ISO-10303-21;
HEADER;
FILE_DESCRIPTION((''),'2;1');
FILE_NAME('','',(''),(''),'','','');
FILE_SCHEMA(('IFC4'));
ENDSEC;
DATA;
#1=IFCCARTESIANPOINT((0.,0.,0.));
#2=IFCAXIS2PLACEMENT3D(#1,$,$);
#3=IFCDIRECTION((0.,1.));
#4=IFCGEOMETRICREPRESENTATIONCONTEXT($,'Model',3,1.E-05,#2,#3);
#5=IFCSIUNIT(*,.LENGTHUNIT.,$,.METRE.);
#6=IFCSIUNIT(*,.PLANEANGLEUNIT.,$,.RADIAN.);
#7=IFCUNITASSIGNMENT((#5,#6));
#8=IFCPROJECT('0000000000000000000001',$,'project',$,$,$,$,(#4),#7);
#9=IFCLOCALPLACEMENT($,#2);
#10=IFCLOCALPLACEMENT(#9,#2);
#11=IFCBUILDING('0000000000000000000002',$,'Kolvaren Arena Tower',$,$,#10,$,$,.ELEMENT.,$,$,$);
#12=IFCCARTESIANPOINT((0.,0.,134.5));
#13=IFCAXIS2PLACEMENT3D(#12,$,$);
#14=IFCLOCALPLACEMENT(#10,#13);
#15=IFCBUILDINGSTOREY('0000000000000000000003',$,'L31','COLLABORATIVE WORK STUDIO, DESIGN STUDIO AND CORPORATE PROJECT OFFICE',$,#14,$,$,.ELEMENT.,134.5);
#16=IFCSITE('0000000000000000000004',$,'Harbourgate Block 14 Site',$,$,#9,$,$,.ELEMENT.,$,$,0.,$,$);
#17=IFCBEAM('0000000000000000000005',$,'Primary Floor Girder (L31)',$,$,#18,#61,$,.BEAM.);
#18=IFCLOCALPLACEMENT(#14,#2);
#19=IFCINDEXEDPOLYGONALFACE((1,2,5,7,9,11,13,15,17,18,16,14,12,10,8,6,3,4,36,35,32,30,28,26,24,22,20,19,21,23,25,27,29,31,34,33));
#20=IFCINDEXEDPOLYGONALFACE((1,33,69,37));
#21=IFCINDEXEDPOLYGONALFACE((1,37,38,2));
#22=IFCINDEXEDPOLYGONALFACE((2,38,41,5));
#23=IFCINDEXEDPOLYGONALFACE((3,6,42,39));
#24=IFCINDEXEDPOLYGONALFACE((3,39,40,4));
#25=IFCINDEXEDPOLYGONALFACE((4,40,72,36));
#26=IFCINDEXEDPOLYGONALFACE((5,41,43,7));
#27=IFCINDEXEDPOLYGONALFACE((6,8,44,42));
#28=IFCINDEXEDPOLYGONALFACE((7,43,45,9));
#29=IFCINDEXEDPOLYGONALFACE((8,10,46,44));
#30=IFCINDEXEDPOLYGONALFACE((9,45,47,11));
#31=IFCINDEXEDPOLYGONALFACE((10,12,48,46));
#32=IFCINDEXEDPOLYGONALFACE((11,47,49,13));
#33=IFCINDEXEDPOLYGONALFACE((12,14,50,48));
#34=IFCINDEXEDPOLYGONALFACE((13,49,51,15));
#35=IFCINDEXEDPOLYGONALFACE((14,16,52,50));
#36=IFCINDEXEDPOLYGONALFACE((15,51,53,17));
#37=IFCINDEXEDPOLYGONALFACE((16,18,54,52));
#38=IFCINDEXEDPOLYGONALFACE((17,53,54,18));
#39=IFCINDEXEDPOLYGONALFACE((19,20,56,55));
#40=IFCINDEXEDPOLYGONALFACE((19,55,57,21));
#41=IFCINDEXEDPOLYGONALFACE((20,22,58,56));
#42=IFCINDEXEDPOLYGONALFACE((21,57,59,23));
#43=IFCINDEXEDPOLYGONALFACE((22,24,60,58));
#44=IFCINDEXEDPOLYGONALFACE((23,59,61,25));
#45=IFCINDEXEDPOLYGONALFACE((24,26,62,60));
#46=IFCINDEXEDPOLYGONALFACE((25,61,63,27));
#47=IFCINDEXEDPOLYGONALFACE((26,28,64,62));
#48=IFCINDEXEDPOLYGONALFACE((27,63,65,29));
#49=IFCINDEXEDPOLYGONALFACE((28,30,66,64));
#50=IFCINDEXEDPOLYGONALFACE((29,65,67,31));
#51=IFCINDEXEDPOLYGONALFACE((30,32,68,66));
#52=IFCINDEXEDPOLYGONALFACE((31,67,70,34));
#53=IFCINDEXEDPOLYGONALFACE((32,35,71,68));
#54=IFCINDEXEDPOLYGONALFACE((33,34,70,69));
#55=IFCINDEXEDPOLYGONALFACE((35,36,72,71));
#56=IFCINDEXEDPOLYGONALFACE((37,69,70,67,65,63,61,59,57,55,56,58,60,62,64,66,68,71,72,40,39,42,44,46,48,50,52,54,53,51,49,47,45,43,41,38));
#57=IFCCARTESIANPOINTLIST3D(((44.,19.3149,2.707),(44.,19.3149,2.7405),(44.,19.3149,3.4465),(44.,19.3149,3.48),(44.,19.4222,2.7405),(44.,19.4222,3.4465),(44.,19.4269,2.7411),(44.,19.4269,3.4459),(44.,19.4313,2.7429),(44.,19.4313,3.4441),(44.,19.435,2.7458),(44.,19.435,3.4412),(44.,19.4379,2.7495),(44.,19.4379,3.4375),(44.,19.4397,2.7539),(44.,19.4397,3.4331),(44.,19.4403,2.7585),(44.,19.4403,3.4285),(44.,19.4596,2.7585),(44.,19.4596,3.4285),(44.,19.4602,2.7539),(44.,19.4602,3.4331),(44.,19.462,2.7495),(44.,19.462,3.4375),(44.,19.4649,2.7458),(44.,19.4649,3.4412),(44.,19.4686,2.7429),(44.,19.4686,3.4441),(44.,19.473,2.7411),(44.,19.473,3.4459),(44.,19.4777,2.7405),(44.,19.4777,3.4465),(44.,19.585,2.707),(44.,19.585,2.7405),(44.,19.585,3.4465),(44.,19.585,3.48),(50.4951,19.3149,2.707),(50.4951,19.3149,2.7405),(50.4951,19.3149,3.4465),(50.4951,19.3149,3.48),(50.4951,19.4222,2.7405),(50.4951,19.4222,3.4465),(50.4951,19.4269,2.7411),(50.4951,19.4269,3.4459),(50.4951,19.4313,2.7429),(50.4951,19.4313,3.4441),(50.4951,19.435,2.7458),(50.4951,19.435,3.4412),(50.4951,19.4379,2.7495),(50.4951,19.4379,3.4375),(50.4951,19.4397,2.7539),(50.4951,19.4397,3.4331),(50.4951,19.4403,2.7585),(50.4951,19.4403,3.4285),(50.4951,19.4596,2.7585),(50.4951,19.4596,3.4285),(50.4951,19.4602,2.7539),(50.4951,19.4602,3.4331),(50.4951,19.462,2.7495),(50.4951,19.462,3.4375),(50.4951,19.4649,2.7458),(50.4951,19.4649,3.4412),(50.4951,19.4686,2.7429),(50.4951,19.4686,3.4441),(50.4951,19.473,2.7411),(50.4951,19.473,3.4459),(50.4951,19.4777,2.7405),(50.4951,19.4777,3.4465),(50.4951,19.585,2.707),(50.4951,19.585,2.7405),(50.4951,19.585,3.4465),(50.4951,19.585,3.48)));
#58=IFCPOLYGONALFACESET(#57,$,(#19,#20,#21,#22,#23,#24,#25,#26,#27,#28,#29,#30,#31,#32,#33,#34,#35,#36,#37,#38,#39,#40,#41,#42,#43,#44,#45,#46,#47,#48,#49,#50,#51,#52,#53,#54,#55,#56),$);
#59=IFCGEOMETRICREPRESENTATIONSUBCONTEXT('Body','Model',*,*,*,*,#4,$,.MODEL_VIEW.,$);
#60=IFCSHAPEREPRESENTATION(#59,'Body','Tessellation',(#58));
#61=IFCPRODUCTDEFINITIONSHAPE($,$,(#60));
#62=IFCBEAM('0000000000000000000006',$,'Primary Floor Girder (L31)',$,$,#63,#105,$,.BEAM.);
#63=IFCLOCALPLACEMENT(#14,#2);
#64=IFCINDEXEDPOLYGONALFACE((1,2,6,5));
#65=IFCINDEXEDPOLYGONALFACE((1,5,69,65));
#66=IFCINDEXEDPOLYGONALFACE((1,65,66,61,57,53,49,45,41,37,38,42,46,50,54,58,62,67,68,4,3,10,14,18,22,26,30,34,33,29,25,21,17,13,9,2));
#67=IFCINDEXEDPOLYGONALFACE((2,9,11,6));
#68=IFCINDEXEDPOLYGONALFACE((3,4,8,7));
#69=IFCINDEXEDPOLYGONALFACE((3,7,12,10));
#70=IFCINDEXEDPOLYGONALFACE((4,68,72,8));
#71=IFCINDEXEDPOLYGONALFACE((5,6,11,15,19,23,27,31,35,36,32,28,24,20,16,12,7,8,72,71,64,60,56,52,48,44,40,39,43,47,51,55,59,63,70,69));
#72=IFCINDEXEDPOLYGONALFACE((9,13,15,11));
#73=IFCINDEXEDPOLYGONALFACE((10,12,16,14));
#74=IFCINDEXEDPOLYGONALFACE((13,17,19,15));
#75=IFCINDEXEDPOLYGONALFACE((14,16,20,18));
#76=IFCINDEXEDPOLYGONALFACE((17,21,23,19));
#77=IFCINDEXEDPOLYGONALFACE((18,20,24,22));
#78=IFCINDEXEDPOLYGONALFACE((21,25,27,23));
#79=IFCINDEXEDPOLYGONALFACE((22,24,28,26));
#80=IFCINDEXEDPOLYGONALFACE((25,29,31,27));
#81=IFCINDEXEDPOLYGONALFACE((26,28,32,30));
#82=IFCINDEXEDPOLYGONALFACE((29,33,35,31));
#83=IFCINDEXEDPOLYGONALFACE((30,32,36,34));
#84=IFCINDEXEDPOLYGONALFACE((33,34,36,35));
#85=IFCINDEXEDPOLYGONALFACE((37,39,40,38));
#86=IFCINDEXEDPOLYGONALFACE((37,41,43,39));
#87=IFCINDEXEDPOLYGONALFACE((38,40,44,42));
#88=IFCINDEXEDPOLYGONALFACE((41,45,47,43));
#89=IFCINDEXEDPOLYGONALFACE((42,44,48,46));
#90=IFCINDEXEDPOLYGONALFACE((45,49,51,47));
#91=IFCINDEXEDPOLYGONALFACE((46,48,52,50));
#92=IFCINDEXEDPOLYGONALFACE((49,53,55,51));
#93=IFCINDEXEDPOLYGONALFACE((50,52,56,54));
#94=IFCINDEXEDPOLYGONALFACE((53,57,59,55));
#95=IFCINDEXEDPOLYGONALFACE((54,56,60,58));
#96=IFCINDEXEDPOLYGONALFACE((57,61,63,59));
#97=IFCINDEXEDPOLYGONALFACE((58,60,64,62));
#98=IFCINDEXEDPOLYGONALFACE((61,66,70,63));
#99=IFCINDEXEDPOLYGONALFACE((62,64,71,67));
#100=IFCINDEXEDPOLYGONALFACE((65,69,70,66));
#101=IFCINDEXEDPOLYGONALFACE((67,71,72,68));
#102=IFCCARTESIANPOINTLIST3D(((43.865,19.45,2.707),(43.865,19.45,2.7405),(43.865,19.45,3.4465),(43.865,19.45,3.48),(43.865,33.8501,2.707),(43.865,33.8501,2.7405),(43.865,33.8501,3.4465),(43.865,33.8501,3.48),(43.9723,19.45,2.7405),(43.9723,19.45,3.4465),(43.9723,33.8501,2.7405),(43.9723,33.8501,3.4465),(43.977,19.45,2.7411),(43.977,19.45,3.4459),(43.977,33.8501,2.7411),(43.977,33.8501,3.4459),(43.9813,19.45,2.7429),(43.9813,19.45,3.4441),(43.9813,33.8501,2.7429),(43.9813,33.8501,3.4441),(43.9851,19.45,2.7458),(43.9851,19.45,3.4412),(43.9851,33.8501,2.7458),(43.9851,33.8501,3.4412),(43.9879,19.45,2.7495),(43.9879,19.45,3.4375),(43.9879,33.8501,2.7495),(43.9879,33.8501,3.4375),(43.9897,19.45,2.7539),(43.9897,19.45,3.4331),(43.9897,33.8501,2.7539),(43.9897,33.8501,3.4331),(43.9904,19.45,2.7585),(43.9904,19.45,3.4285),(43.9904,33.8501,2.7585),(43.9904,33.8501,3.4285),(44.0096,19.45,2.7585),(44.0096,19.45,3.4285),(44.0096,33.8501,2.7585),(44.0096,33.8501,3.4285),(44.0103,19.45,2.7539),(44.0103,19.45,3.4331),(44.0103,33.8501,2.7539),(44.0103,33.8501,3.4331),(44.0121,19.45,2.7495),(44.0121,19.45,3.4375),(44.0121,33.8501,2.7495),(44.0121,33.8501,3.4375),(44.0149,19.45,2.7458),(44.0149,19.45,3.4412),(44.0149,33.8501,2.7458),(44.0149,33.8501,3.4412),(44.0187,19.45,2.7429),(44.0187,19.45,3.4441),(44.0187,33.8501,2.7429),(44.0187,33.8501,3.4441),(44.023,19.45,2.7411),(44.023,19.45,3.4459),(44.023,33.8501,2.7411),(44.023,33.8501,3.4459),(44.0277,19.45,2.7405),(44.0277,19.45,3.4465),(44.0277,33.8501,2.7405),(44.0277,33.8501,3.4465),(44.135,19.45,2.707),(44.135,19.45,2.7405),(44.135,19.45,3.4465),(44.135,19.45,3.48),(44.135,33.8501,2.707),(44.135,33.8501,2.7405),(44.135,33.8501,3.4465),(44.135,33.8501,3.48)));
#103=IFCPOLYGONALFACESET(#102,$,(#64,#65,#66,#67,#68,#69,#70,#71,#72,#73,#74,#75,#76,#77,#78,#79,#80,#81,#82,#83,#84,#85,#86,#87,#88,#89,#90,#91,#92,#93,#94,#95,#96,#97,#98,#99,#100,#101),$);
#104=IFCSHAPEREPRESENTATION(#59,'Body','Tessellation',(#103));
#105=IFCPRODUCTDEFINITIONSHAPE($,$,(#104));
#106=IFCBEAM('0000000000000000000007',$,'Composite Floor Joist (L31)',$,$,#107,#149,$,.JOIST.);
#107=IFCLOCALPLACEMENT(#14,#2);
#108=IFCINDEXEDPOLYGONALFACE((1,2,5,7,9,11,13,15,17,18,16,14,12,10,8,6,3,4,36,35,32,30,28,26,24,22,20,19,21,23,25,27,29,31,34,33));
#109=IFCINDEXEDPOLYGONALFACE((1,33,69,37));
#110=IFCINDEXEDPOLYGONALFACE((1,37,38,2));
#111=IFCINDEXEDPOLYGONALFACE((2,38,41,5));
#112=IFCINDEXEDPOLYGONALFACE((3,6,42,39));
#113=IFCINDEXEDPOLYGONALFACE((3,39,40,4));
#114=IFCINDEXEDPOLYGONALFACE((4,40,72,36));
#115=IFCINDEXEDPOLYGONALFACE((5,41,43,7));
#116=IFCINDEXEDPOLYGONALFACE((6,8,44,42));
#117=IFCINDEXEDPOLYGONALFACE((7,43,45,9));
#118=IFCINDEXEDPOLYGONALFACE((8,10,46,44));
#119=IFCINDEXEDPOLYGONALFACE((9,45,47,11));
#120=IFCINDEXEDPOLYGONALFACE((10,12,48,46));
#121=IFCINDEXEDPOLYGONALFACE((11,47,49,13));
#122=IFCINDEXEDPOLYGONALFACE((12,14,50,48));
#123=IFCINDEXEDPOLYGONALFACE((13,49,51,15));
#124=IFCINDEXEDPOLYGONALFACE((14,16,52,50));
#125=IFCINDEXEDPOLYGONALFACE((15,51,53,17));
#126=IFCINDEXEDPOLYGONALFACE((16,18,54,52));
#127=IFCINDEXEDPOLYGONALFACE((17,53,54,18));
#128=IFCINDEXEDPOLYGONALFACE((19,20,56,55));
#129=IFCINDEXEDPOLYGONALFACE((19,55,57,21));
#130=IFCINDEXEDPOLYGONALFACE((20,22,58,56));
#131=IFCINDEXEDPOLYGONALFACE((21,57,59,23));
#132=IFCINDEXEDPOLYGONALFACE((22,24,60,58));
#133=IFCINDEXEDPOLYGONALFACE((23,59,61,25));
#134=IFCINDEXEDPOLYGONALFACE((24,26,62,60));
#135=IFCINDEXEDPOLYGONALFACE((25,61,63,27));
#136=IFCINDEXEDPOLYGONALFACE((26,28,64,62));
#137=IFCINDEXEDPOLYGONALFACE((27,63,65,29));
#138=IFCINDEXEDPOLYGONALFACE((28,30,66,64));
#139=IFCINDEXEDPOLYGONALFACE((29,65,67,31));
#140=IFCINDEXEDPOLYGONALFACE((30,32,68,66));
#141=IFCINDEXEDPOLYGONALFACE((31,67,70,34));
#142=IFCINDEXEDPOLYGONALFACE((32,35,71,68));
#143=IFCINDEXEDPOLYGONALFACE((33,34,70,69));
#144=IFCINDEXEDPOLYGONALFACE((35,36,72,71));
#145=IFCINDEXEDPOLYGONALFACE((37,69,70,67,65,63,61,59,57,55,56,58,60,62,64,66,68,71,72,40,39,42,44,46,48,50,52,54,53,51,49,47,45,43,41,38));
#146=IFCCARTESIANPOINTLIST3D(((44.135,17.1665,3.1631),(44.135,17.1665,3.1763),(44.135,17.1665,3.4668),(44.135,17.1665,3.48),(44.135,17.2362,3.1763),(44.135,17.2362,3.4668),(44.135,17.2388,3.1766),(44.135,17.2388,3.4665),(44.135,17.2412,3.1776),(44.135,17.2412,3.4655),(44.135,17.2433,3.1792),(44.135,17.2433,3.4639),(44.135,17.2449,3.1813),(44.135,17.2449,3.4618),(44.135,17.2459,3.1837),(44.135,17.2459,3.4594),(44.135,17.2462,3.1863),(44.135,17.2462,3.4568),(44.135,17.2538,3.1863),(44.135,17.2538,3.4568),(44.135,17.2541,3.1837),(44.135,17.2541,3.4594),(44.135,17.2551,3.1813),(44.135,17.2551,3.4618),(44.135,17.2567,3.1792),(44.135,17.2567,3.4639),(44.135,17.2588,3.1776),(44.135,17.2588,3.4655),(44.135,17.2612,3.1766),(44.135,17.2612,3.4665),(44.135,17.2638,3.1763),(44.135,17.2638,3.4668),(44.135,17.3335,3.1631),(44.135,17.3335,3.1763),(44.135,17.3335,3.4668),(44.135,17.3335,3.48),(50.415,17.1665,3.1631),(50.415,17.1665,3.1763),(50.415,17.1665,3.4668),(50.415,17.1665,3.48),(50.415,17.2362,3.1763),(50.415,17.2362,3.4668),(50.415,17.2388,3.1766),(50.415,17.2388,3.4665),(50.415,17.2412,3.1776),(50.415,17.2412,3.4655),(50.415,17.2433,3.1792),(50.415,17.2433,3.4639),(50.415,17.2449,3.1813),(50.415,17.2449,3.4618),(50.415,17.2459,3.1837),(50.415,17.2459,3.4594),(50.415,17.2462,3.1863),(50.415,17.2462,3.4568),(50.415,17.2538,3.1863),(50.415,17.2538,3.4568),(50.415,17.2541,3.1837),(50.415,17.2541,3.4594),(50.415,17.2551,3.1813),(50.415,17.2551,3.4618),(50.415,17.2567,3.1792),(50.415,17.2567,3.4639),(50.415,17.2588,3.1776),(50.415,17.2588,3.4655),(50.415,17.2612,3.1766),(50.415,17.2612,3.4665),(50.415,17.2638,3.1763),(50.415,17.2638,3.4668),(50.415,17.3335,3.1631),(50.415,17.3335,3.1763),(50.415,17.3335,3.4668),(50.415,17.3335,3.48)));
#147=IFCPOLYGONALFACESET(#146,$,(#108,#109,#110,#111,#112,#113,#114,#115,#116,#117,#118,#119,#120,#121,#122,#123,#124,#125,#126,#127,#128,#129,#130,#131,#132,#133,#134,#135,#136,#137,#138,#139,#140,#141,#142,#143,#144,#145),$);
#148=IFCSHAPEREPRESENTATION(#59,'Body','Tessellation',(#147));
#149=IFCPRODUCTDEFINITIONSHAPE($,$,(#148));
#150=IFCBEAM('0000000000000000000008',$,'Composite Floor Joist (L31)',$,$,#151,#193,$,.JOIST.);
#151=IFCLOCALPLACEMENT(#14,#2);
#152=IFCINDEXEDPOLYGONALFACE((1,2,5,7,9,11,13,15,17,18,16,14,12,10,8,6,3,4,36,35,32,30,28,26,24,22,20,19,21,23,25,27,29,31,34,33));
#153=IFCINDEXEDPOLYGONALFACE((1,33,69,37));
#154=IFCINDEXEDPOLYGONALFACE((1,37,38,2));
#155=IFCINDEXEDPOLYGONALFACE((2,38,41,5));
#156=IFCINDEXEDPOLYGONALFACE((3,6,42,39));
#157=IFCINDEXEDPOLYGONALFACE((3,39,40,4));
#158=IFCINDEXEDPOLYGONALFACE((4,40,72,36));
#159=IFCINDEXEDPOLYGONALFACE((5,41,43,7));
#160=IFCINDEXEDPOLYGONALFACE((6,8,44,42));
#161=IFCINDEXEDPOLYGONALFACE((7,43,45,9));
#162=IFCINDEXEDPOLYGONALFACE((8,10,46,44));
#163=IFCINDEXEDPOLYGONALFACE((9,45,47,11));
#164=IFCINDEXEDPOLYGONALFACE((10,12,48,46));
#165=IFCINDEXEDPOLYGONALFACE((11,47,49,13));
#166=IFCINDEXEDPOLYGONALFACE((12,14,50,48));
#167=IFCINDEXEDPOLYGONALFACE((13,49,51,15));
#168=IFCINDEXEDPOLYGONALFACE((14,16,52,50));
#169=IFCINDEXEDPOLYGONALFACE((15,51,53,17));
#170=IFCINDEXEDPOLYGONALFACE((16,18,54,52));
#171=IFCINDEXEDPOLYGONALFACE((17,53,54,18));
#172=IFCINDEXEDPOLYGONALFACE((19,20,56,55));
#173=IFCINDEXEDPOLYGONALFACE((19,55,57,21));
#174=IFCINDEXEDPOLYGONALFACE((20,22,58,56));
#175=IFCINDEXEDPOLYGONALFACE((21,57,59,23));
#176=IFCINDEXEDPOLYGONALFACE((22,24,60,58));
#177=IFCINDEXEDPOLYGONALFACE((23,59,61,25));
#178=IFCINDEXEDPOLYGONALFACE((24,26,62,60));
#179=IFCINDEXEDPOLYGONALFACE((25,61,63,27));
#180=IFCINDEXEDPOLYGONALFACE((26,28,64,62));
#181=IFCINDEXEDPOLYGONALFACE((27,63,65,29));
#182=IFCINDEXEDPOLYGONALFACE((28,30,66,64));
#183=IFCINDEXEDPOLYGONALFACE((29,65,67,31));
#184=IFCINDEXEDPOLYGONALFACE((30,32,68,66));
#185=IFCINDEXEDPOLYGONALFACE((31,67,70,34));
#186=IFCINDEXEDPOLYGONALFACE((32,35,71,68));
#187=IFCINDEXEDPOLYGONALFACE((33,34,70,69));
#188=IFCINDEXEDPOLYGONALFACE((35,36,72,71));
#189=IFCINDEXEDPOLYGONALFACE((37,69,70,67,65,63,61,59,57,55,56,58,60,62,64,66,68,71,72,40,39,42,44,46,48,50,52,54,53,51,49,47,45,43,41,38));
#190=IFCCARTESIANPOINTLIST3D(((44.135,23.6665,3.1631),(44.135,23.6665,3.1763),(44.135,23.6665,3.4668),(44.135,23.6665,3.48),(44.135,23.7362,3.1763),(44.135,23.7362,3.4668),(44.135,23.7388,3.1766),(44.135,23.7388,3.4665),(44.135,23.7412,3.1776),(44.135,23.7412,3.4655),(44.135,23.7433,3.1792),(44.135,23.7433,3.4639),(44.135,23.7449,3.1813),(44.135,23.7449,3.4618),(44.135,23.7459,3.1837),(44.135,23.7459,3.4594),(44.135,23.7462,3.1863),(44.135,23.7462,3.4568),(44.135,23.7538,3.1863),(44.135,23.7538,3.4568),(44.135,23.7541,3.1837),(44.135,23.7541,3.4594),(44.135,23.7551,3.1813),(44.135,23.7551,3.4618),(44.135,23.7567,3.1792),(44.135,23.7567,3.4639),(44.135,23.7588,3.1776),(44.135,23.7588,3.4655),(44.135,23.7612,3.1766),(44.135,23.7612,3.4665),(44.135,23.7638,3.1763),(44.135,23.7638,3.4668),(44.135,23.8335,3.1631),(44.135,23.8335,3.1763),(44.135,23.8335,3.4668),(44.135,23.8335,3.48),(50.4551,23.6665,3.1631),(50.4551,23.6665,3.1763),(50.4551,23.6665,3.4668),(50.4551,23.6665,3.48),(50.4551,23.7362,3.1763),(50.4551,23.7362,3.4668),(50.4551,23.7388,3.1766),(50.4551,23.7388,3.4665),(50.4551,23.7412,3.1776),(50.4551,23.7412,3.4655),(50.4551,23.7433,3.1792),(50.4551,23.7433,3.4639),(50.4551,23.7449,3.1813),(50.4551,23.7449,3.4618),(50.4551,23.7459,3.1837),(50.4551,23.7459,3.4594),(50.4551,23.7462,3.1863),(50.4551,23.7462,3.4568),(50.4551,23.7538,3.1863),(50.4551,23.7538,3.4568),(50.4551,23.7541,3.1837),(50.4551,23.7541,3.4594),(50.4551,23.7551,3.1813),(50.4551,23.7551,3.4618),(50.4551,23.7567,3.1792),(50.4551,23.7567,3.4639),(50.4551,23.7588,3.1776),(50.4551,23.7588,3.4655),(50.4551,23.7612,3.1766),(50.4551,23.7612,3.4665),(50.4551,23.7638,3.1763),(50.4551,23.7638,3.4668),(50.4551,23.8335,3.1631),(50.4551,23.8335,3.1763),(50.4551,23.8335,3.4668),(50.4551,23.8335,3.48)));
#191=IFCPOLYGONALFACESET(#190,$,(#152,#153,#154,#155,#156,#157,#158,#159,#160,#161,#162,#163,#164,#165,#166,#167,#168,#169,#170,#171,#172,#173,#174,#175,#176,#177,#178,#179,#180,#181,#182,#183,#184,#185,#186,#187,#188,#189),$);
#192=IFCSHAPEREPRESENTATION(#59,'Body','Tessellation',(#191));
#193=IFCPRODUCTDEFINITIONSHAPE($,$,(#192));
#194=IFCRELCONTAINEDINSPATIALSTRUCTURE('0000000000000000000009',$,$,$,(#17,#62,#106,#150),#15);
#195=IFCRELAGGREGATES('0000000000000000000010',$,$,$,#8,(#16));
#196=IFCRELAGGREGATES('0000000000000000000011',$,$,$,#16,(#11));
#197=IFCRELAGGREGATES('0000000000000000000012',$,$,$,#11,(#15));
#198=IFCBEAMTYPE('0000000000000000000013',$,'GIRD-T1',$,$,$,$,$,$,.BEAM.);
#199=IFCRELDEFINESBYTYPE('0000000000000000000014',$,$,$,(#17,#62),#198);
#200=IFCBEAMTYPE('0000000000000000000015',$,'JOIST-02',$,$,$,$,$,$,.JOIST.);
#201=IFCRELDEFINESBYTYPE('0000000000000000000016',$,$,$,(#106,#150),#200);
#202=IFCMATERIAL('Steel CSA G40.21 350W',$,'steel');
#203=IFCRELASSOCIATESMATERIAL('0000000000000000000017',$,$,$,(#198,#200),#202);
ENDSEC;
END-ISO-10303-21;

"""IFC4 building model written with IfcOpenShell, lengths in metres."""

from ifc_helpers import new_model, si_unit, direction, frame, origin, origin_2d, place, context, subcontext, project, spatial, i_section, extrude, material, material_profile, profile_set, type_object, element, save


model = new_model("IFC4")

# Units and contexts
model_context = context("Model", 3, precision=1e-05, world=origin(), true_north=direction((0.0, 1.0)))
body_context = subcontext(model_context, "Body", "Model", "MODEL_VIEW")
ifc_project = project(units=[si_unit("LENGTHUNIT", "METRE"), si_unit("PLANEANGLEUNIT", "RADIAN")], contexts=[model_context])

# Site, building, storey
site_placement = place(None, origin())
site = spatial("IfcSite", under=ifc_project, at=site_placement, Name="Harbourgate Block 14 Site", CompositionType="ELEMENT", RefElevation=0.0)
building_placement = place(site_placement, origin())
building = spatial("IfcBuilding", under=site, at=building_placement, Name="Kolvaren Arena Tower", CompositionType="ELEMENT")
storey_placement = place(building_placement, frame((0.0, 0.0, 134.5)))
storey = spatial("IfcBuildingStorey", under=building, at=storey_placement, Name="L31", Description="COLLABORATIVE WORK STUDIO, DESIGN STUDIO AND CORPORATE PROJECT OFFICE", CompositionType="ELEMENT", Elevation=134.5)

# Beams
ifc_material_1 = material(Name="Steel CSA G40.21 350W", Category="steel")
ifc_material_profile_1 = material_profile(ifc_material_1, i_section(OverallWidth=0.27, OverallDepth=0.7729, WebThickness=0.0193, FlangeThickness=0.0334, FilletRadius=0.0181, at=origin_2d()), Name="W760x257")
ifc_profile_set_1 = profile_set([ifc_material_profile_1], Name="Steel CSA G40.21 350W")
beam_type_1 = type_object("IfcBeamType", Name="GIRD-T1", PredefinedType="BEAM", material=ifc_profile_set_1)
beam_1_placement = place(storey_placement, frame((44.0, 19.45, 3.0935), z_axis=(1.0, 0.0, 0.0), x_axis=(0.0, 1.0, 0.0)))
element("IfcBeam", 1, at=beam_1_placement, inside=storey, type_object=beam_type_1, Name="Primary Floor Girder (L31)", PredefinedType="BEAM", context=body_context, shape_type="SweptSolid", body=[
    extrude(i_section(OverallWidth=0.27, OverallDepth=0.7729, WebThickness=0.0193, FlangeThickness=0.0334, FilletRadius=0.0181, at=origin_2d()), origin(), (0.0, 0.0, 1.0), 6.4951),
])
beam_2_placement = place(storey_placement, frame((44.0, 19.45, 3.0935), z_axis=(0.0, 1.0, 0.0), x_axis=(-1.0, 0.0, 0.0)))
element("IfcBeam", 2, at=beam_2_placement, inside=storey, type_object=beam_type_1, Name="Primary Floor Girder (L31)", PredefinedType="BEAM", context=body_context, shape_type="SweptSolid", body=[
    extrude(i_section(OverallWidth=0.27, OverallDepth=0.7729, WebThickness=0.0193, FlangeThickness=0.0334, FilletRadius=0.0181, at=origin_2d()), origin(), (0.0, 0.0, 1.0), 14.4001),
])
ifc_material_profile_2 = material_profile(ifc_material_1, i_section(OverallWidth=0.167, OverallDepth=0.3169, WebThickness=0.0076, FlangeThickness=0.0132, FilletRadius=0.01, at=origin_2d()), Name="W310x52")
ifc_profile_set_2 = profile_set([ifc_material_profile_2], Name="Steel CSA G40.21 350W")
beam_type_2 = type_object("IfcBeamType", Name="JOIST-02", PredefinedType="JOIST", material=ifc_profile_set_2)
beam_3_placement = place(storey_placement, frame((44.135, 17.25, 3.3215), z_axis=(1.0, 0.0, 0.0), x_axis=(0.0, 1.0, 0.0)))
element("IfcBeam", 3, at=beam_3_placement, inside=storey, type_object=beam_type_2, Name="Composite Floor Joist (L31)", PredefinedType="JOIST", context=body_context, shape_type="SweptSolid", body=[
    extrude(i_section(OverallWidth=0.167, OverallDepth=0.3169, WebThickness=0.0076, FlangeThickness=0.0132, FilletRadius=0.01, at=origin_2d()), origin(), (0.0, 0.0, 1.0), 6.28),
])
for number, where, z_axis, x_axis, name in (
    (4, (44.135, 23.75, 3.3215), (1.0, 0.0, 0.0), (0.0, 1.0, 0.0), "Composite Floor Joist (L31)"),
):
    element("IfcBeam", number, at=place(storey_placement, frame(where, z_axis=z_axis, x_axis=x_axis)), inside=storey, type_object=beam_type_2, Name=name, PredefinedType="JOIST", context=body_context, shape_type="SweptSolid", body=[
        extrude(i_section(OverallWidth=0.167, OverallDepth=0.3169, WebThickness=0.0076, FlangeThickness=0.0132, FilletRadius=0.01, at=origin_2d()), origin(), (0.0, 0.0, 1.0), 6.3201),
    ])

save(model, "model.ifc")
